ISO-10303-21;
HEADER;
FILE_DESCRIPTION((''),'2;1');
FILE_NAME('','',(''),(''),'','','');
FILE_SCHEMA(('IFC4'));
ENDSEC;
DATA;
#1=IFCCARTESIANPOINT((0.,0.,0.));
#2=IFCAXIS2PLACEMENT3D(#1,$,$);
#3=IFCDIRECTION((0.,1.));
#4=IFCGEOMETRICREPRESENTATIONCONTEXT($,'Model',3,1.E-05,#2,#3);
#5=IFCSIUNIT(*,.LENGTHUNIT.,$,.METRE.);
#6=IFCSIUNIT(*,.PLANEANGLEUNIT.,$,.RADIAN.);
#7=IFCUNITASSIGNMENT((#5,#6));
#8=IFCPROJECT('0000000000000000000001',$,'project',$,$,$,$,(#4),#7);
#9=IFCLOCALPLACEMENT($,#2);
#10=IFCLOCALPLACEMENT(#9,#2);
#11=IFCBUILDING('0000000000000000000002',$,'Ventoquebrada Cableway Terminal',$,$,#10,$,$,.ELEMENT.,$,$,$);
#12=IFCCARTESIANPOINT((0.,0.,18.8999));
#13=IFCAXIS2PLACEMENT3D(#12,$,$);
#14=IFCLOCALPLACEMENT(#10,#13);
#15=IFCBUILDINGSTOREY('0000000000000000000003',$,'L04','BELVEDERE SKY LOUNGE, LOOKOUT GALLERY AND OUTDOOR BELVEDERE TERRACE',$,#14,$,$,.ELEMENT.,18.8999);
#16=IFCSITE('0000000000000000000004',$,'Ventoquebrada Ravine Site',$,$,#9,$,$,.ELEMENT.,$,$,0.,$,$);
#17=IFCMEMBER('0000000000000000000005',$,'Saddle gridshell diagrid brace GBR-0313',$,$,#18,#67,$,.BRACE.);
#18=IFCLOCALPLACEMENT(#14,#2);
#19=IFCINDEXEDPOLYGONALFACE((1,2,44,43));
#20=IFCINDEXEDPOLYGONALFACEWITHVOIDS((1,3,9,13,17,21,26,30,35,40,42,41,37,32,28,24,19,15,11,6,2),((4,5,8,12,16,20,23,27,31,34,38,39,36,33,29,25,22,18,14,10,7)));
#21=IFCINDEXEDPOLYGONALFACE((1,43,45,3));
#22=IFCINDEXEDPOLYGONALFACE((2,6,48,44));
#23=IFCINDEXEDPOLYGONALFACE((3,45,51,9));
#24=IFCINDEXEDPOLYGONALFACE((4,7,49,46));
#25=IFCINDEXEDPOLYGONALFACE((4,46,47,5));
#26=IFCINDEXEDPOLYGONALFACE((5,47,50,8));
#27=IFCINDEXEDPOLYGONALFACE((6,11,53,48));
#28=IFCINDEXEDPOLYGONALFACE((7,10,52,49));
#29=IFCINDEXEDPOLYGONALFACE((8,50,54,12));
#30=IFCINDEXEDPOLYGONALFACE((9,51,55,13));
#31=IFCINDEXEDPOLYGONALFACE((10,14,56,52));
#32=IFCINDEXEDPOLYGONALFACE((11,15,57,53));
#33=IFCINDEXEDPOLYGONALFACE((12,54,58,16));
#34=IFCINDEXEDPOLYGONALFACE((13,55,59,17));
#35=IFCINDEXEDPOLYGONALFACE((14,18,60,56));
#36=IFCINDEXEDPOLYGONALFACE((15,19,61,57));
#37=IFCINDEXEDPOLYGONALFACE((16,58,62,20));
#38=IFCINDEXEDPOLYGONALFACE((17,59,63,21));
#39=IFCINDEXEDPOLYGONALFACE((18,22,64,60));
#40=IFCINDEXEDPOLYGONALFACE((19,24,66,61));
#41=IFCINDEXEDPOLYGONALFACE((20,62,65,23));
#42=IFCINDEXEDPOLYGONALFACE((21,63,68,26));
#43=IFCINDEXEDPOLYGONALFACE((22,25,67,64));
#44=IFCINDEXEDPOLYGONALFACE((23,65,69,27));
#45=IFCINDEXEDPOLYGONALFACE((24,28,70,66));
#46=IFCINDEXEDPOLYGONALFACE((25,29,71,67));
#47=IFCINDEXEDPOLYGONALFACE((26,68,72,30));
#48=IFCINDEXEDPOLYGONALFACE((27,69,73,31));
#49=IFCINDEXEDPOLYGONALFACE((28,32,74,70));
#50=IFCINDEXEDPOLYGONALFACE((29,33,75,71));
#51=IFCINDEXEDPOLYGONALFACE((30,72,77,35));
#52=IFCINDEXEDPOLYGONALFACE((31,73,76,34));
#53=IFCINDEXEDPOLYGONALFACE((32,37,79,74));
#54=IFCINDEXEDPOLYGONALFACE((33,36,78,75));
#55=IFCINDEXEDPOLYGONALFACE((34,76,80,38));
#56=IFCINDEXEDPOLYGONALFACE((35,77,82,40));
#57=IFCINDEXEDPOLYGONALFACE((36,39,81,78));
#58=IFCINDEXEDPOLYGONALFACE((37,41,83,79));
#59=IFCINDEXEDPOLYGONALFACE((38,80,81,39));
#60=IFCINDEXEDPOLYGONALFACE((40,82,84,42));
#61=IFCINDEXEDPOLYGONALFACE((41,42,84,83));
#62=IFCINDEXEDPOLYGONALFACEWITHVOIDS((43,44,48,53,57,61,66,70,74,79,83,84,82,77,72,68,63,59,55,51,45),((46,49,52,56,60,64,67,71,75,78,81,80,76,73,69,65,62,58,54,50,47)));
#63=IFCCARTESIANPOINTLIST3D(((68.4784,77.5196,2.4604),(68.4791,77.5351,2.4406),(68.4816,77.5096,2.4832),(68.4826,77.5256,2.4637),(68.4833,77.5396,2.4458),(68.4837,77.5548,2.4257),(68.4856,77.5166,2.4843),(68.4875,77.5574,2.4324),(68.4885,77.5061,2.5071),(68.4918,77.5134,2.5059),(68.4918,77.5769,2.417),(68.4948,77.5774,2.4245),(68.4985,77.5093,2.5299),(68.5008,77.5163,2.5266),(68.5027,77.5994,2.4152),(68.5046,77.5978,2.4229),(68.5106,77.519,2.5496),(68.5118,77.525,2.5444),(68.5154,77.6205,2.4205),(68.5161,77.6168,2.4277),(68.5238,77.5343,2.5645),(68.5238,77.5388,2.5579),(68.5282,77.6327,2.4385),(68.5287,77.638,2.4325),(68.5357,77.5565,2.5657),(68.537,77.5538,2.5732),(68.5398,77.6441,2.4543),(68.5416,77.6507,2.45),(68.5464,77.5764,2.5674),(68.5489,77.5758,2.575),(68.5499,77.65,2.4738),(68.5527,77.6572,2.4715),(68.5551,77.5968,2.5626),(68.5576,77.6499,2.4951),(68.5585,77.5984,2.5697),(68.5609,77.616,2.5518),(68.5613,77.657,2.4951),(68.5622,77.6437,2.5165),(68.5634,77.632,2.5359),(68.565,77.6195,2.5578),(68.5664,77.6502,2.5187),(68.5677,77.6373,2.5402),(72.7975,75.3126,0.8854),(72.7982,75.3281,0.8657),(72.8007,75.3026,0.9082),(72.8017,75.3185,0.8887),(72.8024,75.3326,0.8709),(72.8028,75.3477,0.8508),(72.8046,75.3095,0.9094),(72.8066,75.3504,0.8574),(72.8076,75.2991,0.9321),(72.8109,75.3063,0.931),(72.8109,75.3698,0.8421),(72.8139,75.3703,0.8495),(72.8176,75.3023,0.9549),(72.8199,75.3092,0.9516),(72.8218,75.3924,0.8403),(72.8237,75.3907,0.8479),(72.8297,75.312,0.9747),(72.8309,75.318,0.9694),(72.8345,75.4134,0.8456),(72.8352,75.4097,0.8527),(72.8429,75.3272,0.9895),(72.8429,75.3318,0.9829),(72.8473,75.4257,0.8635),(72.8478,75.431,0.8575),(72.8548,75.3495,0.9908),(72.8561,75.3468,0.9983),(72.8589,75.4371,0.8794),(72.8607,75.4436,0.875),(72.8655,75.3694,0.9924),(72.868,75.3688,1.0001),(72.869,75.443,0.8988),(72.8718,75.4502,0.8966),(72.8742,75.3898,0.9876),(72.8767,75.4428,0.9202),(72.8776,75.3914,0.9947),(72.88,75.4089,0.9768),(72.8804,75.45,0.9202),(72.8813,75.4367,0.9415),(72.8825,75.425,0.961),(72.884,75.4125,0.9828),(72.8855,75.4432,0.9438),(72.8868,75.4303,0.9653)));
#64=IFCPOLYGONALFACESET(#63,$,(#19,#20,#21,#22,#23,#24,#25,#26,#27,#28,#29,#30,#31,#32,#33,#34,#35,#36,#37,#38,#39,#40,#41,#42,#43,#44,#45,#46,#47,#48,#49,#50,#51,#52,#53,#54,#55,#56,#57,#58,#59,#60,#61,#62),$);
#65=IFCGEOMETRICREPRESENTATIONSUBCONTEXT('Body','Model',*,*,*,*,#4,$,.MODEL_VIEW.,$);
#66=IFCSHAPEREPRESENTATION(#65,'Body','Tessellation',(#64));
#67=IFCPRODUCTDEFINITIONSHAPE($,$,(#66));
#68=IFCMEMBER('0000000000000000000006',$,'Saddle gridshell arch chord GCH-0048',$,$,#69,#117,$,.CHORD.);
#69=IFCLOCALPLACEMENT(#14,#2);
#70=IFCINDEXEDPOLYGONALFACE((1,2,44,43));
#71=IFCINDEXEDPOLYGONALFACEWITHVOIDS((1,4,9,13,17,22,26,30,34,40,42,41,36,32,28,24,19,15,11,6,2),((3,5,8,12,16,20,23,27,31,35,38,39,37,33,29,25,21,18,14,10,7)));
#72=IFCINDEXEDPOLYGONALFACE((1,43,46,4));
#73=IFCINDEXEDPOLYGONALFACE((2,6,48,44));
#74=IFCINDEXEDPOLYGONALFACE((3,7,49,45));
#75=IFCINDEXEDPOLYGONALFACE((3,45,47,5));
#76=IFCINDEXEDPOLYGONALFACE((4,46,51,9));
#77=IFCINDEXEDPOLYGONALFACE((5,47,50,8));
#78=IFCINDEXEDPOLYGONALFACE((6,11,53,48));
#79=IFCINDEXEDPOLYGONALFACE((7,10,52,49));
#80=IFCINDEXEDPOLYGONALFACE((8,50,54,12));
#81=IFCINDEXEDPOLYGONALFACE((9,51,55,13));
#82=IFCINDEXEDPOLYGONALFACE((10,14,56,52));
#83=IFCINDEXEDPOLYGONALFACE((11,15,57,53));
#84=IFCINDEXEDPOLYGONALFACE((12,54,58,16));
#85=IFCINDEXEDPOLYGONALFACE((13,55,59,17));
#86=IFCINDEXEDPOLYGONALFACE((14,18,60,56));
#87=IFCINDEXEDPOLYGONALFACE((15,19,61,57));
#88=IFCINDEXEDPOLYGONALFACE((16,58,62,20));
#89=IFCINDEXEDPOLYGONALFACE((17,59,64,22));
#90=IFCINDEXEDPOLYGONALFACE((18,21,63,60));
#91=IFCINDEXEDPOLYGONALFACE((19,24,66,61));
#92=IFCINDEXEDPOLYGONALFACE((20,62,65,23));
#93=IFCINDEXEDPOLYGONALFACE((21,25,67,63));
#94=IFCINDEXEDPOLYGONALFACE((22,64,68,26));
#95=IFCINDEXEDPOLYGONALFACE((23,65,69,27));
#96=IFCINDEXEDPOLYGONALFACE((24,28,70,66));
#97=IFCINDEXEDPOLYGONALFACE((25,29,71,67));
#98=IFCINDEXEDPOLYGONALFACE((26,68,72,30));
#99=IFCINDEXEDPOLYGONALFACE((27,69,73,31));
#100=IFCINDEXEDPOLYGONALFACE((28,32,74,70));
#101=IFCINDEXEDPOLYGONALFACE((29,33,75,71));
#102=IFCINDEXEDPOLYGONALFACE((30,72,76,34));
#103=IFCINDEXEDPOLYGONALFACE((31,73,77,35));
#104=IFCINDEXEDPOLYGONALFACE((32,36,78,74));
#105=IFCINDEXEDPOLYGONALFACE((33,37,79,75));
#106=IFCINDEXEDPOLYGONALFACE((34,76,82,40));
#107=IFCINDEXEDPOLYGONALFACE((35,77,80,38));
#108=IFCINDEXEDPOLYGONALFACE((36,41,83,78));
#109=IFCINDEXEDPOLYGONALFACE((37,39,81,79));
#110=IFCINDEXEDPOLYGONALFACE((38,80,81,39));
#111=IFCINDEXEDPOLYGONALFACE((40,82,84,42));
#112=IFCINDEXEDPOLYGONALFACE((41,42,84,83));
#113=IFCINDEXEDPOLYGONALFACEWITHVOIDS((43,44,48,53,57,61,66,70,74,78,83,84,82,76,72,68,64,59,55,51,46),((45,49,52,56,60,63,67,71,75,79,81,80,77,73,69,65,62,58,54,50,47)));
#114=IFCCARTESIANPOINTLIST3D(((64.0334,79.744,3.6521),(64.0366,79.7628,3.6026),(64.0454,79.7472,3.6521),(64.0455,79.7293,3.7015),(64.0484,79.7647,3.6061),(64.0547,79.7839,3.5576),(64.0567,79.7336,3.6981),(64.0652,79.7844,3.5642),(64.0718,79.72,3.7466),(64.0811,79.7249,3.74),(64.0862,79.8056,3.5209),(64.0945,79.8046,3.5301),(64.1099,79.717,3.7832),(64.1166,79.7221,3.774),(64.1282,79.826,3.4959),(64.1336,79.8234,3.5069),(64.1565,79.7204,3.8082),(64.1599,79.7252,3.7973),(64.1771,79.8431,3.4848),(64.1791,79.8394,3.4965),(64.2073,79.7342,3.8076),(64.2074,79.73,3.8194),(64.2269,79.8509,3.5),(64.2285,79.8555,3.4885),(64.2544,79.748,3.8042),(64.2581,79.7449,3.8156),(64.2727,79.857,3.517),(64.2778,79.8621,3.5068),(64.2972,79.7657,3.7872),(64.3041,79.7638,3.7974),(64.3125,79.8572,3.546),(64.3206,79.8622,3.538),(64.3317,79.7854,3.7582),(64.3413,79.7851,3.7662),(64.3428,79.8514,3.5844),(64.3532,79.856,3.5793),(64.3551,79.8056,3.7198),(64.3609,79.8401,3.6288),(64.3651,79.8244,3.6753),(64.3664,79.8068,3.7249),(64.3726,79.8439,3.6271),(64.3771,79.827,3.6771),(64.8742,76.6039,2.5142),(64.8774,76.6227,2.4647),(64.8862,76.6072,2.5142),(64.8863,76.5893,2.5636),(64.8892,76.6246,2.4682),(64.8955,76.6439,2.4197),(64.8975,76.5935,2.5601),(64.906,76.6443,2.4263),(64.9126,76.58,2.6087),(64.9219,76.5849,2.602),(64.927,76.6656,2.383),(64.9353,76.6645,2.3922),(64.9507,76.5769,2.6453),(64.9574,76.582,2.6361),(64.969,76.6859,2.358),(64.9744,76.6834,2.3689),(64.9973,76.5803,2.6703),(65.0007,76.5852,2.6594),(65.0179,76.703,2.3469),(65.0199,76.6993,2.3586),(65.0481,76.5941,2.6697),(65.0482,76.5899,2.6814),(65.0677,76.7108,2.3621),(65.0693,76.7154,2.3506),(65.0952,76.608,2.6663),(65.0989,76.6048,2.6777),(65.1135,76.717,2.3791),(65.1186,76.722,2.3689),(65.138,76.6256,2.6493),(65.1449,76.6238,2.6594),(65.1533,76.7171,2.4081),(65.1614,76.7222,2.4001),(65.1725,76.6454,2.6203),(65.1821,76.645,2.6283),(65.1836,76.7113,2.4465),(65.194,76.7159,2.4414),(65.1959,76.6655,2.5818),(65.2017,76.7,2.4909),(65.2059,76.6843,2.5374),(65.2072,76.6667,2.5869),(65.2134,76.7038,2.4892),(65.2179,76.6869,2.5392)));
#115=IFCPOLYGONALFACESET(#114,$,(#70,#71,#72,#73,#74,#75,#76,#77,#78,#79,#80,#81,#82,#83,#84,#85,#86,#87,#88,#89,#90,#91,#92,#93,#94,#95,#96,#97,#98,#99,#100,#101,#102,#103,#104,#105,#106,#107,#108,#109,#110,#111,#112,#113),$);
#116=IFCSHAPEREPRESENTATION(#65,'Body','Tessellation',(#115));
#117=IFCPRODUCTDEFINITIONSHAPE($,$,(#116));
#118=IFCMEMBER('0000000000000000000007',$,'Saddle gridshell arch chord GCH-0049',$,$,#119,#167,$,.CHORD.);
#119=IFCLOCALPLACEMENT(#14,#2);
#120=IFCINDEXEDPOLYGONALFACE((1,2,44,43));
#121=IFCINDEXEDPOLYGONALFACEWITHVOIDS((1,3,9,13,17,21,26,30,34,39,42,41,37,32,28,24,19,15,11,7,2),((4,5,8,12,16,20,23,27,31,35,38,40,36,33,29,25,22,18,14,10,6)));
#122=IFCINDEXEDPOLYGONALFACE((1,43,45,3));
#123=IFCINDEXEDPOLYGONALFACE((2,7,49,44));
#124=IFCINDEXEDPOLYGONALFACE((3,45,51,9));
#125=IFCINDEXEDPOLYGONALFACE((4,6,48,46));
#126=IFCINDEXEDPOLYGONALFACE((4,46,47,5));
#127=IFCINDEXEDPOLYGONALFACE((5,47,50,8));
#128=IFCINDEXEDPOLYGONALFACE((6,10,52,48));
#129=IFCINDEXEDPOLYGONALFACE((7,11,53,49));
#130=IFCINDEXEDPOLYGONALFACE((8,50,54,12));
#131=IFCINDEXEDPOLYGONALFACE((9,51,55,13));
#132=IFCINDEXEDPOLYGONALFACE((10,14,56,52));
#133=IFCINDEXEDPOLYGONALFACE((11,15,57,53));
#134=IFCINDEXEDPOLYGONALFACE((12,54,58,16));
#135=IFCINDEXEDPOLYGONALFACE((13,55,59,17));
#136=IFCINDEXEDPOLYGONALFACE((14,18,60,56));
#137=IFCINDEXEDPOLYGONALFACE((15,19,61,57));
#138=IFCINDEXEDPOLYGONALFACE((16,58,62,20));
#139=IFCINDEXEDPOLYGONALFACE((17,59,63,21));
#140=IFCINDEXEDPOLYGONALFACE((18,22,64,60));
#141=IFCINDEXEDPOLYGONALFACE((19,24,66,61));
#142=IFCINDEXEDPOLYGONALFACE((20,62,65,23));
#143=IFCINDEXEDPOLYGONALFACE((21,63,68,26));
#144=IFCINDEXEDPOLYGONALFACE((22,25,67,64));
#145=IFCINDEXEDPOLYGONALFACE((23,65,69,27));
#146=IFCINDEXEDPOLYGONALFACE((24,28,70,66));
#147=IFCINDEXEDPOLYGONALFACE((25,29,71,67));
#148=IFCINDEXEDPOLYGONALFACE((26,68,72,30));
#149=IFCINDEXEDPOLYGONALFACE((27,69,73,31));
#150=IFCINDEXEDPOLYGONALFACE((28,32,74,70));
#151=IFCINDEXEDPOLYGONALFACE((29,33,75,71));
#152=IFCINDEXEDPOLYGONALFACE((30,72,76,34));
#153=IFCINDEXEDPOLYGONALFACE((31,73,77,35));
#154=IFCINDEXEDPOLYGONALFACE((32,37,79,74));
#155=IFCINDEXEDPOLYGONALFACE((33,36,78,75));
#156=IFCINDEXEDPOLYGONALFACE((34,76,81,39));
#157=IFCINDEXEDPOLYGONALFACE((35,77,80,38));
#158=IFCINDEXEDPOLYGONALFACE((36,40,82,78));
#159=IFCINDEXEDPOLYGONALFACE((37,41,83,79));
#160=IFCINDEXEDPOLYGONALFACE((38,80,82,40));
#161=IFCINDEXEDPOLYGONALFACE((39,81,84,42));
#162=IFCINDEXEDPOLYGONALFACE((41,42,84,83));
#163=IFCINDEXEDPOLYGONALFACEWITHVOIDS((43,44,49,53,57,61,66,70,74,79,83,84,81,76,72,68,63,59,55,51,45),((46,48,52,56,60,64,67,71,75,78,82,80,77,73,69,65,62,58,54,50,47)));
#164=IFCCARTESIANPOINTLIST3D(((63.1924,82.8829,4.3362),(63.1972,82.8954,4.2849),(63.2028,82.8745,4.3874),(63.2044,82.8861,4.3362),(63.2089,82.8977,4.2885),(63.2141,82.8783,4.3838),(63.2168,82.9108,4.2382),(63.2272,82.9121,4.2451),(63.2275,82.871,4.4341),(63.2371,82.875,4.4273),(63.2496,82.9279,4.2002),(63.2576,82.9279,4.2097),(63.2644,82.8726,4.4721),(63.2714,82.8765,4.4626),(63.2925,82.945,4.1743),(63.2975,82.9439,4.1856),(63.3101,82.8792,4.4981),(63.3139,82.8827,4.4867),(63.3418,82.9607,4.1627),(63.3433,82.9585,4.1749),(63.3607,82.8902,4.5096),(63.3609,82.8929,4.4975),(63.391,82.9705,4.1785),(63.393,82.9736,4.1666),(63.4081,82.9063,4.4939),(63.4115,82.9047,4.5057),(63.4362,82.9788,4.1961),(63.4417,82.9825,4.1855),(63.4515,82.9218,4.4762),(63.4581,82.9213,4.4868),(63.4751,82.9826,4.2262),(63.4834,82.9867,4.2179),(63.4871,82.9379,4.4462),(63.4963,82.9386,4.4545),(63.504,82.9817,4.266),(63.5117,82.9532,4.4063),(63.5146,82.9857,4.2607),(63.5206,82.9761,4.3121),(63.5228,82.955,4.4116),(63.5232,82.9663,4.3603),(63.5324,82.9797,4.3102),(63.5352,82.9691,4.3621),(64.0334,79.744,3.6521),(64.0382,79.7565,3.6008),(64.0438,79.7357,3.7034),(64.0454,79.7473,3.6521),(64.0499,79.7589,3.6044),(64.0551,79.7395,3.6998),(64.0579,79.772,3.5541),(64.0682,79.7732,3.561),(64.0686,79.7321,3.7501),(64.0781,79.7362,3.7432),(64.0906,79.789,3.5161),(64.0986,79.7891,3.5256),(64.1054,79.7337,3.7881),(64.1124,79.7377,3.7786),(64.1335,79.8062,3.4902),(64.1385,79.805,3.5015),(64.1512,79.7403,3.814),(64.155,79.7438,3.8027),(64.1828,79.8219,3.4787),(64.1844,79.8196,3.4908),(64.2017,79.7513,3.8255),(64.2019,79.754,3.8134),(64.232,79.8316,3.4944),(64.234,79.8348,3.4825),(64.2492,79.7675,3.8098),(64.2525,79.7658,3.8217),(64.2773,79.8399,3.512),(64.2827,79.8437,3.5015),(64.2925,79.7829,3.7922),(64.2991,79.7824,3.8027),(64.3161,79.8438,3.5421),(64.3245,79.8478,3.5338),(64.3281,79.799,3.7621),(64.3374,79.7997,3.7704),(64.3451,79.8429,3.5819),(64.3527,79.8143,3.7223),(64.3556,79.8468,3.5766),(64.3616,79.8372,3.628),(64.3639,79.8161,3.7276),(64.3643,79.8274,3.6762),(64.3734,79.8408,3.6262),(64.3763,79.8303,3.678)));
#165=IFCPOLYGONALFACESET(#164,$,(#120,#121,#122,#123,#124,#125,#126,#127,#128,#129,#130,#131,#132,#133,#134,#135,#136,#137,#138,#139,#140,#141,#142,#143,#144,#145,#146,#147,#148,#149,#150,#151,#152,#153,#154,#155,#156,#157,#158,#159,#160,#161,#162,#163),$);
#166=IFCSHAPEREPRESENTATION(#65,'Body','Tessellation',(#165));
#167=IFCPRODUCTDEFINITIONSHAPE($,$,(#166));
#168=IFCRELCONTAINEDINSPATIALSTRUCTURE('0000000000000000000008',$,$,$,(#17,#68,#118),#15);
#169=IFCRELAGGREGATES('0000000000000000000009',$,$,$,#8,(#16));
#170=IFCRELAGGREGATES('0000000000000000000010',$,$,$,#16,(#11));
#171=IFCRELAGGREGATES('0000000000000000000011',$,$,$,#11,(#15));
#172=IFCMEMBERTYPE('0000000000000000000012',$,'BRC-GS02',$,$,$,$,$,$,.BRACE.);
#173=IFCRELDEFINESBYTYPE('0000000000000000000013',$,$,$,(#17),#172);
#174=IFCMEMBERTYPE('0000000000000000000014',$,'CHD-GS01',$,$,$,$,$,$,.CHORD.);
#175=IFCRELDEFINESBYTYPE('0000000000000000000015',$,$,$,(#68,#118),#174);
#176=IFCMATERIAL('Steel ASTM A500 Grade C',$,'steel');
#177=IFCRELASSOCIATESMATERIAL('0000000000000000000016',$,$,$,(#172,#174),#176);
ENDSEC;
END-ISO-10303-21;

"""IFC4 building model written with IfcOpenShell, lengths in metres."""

from ifc_helpers import new_model, si_unit, direction, frame, origin, origin_2d, place, context, subcontext, project, spatial, hollow_circle, extrude, material, material_profile, profile_set, type_object, element, save


model = new_model("IFC4")

# Units and contexts
model_context = context("Model", 3, precision=1e-05, world=origin(), true_north=direction((0.0, 1.0)))
body_context = subcontext(model_context, "Body", "Model", "MODEL_VIEW")
ifc_project = project(units=[si_unit("LENGTHUNIT", "METRE"), si_unit("PLANEANGLEUNIT", "RADIAN")], contexts=[model_context])

# Site, building, storey
site_placement = place(None, origin())
site = spatial("IfcSite", under=ifc_project, at=site_placement, Name="Ventoquebrada Ravine Site", CompositionType="ELEMENT", RefElevation=0.0)
building_placement = place(site_placement, origin())
building = spatial("IfcBuilding", under=site, at=building_placement, Name="Ventoquebrada Cableway Terminal", CompositionType="ELEMENT")
storey_placement = place(building_placement, frame((0.0, 0.0, 18.8999)))
storey = spatial("IfcBuildingStorey", under=building, at=storey_placement, Name="L04", Description="BELVEDERE SKY LOUNGE, LOOKOUT GALLERY AND OUTDOOR BELVEDERE TERRACE", CompositionType="ELEMENT", Elevation=18.8999)

# Members
ifc_material_1 = material(Name="Steel ASTM A500 Grade C", Category="steel")
ifc_material_profile_1 = material_profile(ifc_material_1, hollow_circle(Radius=0.0842, WallThickness=0.0081, at=origin_2d()), Name="CHS168.3X8")
ifc_profile_set_1 = profile_set([ifc_material_profile_1], Name="Steel ASTM A500 Grade C")
member_type_1 = type_object("IfcMemberType", Name="BRC-GS02", PredefinedType="BRACE", material=ifc_profile_set_1)
member_1_placement = place(storey_placement, frame((68.5229, 77.582, 2.4951), z_axis=(0.846946, -0.432784, -0.308838), x_axis=(0.455029, 0.890477, 0.0)))
element("IfcMember", 1, at=member_1_placement, inside=storey, type_object=member_type_1, Name="Saddle gridshell diagrid brace GBR-0313", PredefinedType="BRACE", context=body_context, shape_type="SweptSolid", body=[
    extrude(hollow_circle(Radius=0.0842, WallThickness=0.0081, at=origin_2d()), origin(), (0.0, 0.0, 1.0), 5.0996),
])
ifc_material_profile_2 = material_profile(ifc_material_1, hollow_circle(Radius=0.1777, WallThickness=0.0125, at=origin_2d()), Name="CHS355.6X12.5")
ifc_profile_set_2 = profile_set([ifc_material_profile_2], Name="Steel ASTM A500 Grade C")
member_type_2 = type_object("IfcMemberType", Name="CHD-GS01", PredefinedType="CHORD", material=ifc_profile_set_2)
member_2_placement = place(storey_placement, frame((65.0459, 76.6499, 2.5142), z_axis=(-0.244128, 0.911724, 0.330395), x_axis=(-0.96597, -0.258653, 0.0)))
element("IfcMember", 2, at=member_2_placement, inside=storey, type_object=member_type_2, Name="Saddle gridshell arch chord GCH-0048", PredefinedType="CHORD", context=body_context, shape_type="SweptSolid", body=[
    extrude(hollow_circle(Radius=0.1777, WallThickness=0.0125, at=origin_2d()), origin(), (0.0, 0.0, 1.0), 3.4441),
])
member_3_placement = place(storey_placement, frame((64.2051, 79.79, 3.6521), z_axis=(-0.253267, 0.94521, 0.205995), x_axis=(-0.965926, -0.258817, 0.0)))
element("IfcMember", 3, at=member_3_placement, inside=storey, type_object=member_type_2, Name="Saddle gridshell arch chord GCH-0049", PredefinedType="CHORD", context=body_context, shape_type="SweptSolid", body=[
    extrude(hollow_circle(Radius=0.1777, WallThickness=0.0125, at=origin_2d()), origin(), (0.0, 0.0, 1.0), 3.3208),
])

save(model, "model.ifc")
